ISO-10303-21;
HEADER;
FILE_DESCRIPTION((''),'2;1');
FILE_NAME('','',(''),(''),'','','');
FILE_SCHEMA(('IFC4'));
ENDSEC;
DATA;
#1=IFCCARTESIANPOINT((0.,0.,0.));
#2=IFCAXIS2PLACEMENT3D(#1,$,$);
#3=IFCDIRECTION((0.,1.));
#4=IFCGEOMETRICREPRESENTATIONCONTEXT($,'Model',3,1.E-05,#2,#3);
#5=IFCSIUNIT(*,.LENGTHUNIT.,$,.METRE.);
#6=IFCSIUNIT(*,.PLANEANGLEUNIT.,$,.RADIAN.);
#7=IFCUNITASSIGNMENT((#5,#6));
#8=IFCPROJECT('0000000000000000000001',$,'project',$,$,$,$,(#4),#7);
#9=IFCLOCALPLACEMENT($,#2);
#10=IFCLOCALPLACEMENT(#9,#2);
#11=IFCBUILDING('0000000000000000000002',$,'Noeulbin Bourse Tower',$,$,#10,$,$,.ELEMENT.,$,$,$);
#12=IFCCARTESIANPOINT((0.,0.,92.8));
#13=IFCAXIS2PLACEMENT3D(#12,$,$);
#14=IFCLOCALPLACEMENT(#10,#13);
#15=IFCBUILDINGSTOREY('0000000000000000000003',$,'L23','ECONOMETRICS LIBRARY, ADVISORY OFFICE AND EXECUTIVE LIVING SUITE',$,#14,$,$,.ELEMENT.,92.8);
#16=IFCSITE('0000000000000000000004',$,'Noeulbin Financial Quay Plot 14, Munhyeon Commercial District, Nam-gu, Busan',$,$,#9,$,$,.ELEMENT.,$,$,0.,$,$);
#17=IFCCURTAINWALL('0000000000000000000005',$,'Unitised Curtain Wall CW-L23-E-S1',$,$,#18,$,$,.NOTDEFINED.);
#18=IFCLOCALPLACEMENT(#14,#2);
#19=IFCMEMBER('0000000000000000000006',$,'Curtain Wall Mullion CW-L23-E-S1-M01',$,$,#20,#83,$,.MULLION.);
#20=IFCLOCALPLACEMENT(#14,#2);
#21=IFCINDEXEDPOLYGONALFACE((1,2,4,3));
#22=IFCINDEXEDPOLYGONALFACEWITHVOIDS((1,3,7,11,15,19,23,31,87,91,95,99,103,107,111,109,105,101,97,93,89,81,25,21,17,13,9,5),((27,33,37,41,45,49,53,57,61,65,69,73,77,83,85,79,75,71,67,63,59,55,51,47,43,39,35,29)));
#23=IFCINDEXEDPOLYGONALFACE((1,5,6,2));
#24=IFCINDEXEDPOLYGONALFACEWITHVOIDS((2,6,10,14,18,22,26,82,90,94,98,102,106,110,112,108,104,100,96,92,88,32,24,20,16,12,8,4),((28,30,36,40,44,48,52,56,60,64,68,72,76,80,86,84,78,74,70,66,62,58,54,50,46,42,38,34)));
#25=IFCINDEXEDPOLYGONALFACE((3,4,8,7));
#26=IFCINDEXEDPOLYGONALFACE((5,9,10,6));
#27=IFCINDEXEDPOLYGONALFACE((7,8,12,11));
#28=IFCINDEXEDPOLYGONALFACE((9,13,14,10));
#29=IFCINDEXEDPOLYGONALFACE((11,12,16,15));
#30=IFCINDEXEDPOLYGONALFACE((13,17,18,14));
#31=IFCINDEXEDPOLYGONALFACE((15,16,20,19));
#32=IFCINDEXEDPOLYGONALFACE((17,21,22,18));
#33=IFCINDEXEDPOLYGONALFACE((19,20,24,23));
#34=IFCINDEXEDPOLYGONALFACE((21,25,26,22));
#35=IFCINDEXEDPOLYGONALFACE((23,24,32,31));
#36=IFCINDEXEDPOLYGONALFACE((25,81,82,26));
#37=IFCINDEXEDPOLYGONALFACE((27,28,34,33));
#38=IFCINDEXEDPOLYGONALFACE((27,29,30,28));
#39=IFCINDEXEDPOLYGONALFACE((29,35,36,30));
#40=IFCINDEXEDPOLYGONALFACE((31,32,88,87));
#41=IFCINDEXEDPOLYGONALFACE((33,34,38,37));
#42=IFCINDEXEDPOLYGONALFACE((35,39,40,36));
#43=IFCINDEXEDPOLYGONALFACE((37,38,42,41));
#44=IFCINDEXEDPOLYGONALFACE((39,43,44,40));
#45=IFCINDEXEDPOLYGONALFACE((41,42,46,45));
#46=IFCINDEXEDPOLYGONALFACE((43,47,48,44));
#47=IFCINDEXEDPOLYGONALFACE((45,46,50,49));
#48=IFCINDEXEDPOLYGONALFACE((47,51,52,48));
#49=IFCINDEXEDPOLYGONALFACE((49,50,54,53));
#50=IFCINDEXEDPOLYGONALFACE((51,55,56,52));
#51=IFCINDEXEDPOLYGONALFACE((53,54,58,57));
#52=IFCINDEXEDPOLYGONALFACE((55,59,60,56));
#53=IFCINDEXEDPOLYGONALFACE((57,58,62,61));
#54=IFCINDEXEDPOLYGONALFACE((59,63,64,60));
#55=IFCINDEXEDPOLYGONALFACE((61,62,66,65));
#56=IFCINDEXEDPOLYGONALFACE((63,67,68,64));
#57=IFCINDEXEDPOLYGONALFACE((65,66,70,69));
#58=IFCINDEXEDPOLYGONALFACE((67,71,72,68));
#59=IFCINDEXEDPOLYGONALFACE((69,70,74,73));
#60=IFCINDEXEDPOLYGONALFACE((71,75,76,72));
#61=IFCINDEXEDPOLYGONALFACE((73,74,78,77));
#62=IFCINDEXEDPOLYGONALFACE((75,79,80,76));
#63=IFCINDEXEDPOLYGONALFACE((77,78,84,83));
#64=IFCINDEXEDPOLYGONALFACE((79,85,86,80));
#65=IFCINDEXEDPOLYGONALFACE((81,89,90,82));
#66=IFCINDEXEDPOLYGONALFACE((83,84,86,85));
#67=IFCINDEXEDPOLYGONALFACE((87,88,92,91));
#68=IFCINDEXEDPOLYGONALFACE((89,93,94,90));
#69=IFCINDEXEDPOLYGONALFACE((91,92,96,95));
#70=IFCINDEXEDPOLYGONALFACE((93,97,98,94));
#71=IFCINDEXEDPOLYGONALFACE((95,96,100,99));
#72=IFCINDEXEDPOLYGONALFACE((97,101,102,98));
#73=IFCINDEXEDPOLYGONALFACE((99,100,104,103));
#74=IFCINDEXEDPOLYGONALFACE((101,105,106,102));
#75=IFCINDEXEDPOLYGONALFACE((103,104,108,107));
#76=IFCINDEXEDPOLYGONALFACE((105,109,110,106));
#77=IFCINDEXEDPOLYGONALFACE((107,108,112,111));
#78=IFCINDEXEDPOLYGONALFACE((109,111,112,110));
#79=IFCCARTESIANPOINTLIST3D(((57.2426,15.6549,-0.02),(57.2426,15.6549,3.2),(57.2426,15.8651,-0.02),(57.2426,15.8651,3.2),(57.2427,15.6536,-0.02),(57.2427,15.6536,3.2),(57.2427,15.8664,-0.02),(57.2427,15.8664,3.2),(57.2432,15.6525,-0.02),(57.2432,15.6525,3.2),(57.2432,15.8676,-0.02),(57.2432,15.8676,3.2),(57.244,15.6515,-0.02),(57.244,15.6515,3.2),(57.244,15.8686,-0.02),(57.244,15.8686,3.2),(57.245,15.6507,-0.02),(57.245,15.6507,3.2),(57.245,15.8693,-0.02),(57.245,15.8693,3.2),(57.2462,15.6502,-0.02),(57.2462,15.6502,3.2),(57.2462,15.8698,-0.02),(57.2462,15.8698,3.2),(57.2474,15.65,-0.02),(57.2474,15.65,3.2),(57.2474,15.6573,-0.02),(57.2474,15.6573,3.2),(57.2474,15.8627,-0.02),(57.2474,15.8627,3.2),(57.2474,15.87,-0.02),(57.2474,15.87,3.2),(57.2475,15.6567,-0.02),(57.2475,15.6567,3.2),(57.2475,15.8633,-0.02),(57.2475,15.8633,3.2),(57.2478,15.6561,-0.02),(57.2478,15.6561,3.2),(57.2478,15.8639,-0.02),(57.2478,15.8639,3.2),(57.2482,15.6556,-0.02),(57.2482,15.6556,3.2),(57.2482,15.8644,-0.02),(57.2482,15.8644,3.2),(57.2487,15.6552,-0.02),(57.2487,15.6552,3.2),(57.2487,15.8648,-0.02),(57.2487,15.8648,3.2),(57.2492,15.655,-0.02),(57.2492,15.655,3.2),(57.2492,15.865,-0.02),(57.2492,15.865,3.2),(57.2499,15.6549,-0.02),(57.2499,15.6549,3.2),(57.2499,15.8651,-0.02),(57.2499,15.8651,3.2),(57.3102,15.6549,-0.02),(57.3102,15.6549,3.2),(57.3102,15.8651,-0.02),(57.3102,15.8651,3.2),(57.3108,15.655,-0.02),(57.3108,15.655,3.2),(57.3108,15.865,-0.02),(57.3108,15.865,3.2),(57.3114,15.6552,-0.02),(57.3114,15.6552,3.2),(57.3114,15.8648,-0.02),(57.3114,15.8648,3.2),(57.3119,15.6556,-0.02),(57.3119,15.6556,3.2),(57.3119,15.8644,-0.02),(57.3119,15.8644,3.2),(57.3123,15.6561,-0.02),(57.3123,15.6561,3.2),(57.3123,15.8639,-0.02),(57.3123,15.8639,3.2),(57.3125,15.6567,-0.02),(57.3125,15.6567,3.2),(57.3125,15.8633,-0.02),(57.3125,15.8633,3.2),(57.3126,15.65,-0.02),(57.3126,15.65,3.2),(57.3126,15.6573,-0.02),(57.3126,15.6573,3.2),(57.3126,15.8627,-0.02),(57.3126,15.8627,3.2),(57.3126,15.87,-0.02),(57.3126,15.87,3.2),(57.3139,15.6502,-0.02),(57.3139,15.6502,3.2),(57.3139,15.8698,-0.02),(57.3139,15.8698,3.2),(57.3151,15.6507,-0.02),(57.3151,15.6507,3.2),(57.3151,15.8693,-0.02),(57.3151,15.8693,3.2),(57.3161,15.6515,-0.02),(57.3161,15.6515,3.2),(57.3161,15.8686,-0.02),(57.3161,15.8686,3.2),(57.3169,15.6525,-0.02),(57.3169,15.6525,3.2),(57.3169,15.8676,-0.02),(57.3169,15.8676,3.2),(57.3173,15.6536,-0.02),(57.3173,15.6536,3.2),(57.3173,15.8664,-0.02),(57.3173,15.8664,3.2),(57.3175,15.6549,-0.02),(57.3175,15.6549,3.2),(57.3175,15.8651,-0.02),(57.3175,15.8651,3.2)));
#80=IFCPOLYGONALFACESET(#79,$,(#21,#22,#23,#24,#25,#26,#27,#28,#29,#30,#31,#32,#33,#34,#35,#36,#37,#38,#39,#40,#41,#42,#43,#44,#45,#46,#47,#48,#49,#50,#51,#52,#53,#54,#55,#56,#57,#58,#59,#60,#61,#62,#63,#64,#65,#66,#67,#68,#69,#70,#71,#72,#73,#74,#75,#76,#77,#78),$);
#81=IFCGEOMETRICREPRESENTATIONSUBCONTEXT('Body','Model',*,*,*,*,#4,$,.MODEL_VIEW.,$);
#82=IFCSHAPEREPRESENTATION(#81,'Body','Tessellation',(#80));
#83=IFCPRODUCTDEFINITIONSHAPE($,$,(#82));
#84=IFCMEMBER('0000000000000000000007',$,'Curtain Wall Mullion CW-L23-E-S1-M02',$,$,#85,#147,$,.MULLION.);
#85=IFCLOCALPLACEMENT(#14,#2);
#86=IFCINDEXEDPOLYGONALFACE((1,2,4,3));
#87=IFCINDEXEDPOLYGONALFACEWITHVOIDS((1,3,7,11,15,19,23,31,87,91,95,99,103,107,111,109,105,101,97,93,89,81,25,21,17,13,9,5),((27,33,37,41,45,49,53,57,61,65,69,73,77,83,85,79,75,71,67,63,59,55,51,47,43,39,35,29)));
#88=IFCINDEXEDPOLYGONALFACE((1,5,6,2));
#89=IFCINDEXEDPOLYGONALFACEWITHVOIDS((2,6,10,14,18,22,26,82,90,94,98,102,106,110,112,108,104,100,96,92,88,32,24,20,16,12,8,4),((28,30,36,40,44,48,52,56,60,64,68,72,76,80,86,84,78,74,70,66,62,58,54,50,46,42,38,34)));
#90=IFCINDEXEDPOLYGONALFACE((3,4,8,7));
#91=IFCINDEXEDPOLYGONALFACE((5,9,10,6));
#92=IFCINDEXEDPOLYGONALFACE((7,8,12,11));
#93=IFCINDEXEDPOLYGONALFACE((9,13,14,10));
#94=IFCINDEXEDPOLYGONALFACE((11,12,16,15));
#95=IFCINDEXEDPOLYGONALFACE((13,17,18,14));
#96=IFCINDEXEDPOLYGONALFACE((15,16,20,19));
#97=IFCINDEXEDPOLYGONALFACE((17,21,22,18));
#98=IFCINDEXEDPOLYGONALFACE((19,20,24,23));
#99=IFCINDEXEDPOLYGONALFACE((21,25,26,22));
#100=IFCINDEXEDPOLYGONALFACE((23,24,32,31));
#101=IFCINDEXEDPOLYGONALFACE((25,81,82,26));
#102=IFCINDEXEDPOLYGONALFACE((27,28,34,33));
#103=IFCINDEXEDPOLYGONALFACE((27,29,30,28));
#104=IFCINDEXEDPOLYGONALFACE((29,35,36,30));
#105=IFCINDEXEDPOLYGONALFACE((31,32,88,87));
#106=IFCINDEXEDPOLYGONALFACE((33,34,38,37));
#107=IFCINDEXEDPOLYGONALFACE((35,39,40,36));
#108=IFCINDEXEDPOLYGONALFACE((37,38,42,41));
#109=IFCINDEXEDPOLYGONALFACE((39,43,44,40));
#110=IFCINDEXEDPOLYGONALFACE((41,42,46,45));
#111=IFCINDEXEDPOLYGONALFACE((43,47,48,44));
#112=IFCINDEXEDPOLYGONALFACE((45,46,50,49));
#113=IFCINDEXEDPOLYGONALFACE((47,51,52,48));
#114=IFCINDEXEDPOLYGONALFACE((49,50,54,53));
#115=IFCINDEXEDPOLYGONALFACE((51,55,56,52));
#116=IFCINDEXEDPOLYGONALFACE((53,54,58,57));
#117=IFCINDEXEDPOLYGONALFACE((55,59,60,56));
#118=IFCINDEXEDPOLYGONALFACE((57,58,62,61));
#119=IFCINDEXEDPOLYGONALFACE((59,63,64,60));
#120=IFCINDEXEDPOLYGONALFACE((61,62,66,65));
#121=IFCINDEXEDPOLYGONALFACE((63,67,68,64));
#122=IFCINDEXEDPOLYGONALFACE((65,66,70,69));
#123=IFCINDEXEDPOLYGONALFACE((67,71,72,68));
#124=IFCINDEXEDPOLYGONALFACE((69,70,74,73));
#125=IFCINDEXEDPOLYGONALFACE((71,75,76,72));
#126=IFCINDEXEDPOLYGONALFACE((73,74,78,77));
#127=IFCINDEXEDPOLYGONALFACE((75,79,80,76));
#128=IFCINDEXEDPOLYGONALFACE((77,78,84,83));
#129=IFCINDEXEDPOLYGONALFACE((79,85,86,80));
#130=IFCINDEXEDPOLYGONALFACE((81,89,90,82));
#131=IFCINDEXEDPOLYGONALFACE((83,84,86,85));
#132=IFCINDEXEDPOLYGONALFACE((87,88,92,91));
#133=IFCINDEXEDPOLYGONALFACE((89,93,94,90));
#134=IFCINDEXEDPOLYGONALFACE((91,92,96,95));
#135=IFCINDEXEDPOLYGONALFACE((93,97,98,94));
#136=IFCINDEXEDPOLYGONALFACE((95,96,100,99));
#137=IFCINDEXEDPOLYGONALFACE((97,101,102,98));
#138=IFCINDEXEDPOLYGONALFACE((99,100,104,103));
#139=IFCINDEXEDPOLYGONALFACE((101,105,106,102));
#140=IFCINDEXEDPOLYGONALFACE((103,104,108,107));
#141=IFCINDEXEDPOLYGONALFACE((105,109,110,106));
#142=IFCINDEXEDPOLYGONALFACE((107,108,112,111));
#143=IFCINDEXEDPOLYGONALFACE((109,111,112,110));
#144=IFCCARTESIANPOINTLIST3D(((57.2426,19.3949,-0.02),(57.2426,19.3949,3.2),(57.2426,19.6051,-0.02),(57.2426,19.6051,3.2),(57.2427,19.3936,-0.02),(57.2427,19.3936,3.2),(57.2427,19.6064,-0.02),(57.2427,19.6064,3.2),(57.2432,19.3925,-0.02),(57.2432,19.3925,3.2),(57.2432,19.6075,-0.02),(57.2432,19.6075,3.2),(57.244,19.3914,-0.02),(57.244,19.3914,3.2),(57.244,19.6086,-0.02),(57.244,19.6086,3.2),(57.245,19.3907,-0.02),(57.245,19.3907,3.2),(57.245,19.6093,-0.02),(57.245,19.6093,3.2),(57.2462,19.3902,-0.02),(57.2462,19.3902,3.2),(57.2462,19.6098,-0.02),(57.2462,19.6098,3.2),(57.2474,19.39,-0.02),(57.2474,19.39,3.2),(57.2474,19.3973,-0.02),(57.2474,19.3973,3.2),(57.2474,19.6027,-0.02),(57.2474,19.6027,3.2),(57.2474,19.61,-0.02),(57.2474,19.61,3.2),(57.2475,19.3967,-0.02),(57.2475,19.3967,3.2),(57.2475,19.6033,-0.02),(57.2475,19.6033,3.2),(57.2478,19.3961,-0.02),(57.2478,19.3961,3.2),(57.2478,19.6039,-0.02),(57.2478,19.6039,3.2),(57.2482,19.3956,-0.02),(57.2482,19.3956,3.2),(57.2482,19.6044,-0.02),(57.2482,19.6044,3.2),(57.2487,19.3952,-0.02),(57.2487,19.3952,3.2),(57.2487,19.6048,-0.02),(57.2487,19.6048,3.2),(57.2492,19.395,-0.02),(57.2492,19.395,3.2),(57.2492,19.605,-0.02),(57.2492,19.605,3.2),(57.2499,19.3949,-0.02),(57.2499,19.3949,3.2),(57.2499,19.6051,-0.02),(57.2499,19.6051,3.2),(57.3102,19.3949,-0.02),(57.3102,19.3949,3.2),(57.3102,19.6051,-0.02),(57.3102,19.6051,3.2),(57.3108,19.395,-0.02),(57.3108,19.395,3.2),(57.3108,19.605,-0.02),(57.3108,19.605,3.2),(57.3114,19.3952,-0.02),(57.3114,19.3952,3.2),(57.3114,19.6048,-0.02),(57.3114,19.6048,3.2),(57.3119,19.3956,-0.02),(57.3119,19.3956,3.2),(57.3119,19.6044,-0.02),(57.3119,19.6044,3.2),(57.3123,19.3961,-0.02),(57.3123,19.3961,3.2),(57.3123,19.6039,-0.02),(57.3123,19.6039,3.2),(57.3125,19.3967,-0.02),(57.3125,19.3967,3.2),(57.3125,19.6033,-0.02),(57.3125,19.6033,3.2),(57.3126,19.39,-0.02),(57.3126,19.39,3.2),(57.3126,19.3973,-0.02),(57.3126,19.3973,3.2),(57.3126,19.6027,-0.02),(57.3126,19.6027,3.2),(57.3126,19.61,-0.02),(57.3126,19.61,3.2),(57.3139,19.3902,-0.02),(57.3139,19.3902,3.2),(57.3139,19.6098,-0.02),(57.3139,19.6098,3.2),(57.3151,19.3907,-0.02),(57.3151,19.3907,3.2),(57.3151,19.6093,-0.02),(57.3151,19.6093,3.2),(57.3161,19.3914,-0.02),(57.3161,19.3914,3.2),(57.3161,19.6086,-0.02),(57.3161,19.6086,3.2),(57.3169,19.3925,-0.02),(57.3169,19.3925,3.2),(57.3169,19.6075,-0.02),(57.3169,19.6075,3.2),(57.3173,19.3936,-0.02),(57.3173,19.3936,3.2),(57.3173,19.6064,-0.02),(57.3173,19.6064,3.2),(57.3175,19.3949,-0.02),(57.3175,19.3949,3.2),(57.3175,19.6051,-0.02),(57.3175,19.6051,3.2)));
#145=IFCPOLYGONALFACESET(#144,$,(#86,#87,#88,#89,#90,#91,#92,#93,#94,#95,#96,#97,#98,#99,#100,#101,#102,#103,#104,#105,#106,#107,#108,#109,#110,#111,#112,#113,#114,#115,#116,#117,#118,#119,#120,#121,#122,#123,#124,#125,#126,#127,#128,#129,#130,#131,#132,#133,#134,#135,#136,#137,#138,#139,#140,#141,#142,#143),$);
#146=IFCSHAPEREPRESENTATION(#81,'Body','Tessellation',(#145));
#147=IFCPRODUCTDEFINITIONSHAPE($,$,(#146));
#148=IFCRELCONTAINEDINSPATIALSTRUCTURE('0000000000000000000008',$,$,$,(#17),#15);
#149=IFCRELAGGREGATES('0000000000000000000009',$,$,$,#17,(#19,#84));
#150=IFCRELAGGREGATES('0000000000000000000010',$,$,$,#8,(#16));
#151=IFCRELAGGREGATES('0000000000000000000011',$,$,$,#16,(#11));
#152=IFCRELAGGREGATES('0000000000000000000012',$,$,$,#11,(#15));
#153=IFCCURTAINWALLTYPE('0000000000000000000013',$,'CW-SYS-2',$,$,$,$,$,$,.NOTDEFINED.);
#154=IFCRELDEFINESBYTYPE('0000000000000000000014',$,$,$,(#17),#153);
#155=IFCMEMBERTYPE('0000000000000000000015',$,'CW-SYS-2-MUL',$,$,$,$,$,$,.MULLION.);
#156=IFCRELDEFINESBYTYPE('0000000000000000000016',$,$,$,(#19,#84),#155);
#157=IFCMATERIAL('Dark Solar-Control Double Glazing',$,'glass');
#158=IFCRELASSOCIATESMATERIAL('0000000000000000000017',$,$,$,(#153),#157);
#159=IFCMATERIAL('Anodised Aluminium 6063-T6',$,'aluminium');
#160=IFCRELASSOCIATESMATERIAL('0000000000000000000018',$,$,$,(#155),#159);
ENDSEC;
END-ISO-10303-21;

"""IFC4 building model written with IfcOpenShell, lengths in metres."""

from ifc_helpers import new_model, si_unit, direction, frame, origin, origin_2d, place, context, subcontext, project, spatial, hollow_rectangle, extrude, material, material_profile, profile_set, type_object, element, aggregate, save


model = new_model("IFC4")

# Units and contexts
model_context = context("Model", 3, precision=1e-05, world=origin(), true_north=direction((0.0, 1.0)))
body_context = subcontext(model_context, "Body", "Model", "MODEL_VIEW")
ifc_project = project(units=[si_unit("LENGTHUNIT", "METRE"), si_unit("PLANEANGLEUNIT", "RADIAN")], contexts=[model_context])

# Site, building, storey
site_placement = place(None, origin())
site = spatial("IfcSite", under=ifc_project, at=site_placement, Name="Noeulbin Financial Quay Plot 14, Munhyeon Commercial District, Nam-gu, Busan", CompositionType="ELEMENT", RefElevation=0.0)
building_placement = place(site_placement, origin())
building = spatial("IfcBuilding", under=site, at=building_placement, Name="Noeulbin Bourse Tower", CompositionType="ELEMENT")
storey_placement = place(building_placement, frame((0.0, 0.0, 92.8)))
storey = spatial("IfcBuildingStorey", under=building, at=storey_placement, Name="L23", Description="ECONOMETRICS LIBRARY, ADVISORY OFFICE AND EXECUTIVE LIVING SUITE", CompositionType="ELEMENT", Elevation=92.8)

# Curtain wall, members
ifc_material_1 = material(Name="Dark Solar-Control Double Glazing", Category="glass")
curtain_wall_type = type_object("IfcCurtainWallType", Name="CW-SYS-2", PredefinedType="NOTDEFINED", material=ifc_material_1)
ifc_material_2 = material(Name="Anodised Aluminium 6063-T6", Category="aluminium")
ifc_material_profile_1 = material_profile(ifc_material_2, hollow_rectangle(XDim=0.075, YDim=0.22, WallThickness=0.0049, InnerFilletRadius=0.0024, OuterFilletRadius=0.0049, at=origin_2d()), Name="ALU-MULL-75x220x5", Category="LoadBearing")
ifc_profile_set_1 = profile_set([ifc_material_profile_1], Name="Anodised Aluminium 6063-T6")
member_type_1 = type_object("IfcMemberType", Name="CW-SYS-2-MUL", PredefinedType="MULLION", material=ifc_profile_set_1)
curtain_wall_1_placement = place(storey_placement, origin())
curtain_wall_1 = element("IfcCurtainWall", 1, at=curtain_wall_1_placement, inside=storey, type_object=curtain_wall_type, Name="Unitised Curtain Wall CW-L23-E-S1", PredefinedType="NOTDEFINED")
member_1_placement = place(storey_placement, frame((57.28, 15.76, -0.02), z_axis=(0.0, 0.0, 1.0), x_axis=(1.0, 0.0, 0.0)))
member_1 = element("IfcMember", 2, at=member_1_placement, type_object=member_type_1, Name="Curtain Wall Mullion CW-L23-E-S1-M01", PredefinedType="MULLION", context=body_context, shape_type="SweptSolid", body=[
    extrude(hollow_rectangle(XDim=0.075, YDim=0.22, WallThickness=0.0049, InnerFilletRadius=0.0024, OuterFilletRadius=0.0049, at=origin_2d()), origin(), (0.0, 0.0, 1.0), 3.22),
])
member_2_placement = place(storey_placement, frame((57.28, 19.5, -0.02), z_axis=(0.0, 0.0, 1.0), x_axis=(1.0, 0.0, 0.0)))
member_2 = element("IfcMember", 3, at=member_2_placement, type_object=member_type_1, Name="Curtain Wall Mullion CW-L23-E-S1-M02", PredefinedType="MULLION", context=body_context, shape_type="SweptSolid", body=[
    extrude(hollow_rectangle(XDim=0.075, YDim=0.22, WallThickness=0.0049, InnerFilletRadius=0.0024, OuterFilletRadius=0.0049, at=origin_2d()), origin(), (0.0, 0.0, 1.0), 3.22),
])

aggregate(curtain_wall_1, [member_1, member_2])

save(model, "model.ifc")
